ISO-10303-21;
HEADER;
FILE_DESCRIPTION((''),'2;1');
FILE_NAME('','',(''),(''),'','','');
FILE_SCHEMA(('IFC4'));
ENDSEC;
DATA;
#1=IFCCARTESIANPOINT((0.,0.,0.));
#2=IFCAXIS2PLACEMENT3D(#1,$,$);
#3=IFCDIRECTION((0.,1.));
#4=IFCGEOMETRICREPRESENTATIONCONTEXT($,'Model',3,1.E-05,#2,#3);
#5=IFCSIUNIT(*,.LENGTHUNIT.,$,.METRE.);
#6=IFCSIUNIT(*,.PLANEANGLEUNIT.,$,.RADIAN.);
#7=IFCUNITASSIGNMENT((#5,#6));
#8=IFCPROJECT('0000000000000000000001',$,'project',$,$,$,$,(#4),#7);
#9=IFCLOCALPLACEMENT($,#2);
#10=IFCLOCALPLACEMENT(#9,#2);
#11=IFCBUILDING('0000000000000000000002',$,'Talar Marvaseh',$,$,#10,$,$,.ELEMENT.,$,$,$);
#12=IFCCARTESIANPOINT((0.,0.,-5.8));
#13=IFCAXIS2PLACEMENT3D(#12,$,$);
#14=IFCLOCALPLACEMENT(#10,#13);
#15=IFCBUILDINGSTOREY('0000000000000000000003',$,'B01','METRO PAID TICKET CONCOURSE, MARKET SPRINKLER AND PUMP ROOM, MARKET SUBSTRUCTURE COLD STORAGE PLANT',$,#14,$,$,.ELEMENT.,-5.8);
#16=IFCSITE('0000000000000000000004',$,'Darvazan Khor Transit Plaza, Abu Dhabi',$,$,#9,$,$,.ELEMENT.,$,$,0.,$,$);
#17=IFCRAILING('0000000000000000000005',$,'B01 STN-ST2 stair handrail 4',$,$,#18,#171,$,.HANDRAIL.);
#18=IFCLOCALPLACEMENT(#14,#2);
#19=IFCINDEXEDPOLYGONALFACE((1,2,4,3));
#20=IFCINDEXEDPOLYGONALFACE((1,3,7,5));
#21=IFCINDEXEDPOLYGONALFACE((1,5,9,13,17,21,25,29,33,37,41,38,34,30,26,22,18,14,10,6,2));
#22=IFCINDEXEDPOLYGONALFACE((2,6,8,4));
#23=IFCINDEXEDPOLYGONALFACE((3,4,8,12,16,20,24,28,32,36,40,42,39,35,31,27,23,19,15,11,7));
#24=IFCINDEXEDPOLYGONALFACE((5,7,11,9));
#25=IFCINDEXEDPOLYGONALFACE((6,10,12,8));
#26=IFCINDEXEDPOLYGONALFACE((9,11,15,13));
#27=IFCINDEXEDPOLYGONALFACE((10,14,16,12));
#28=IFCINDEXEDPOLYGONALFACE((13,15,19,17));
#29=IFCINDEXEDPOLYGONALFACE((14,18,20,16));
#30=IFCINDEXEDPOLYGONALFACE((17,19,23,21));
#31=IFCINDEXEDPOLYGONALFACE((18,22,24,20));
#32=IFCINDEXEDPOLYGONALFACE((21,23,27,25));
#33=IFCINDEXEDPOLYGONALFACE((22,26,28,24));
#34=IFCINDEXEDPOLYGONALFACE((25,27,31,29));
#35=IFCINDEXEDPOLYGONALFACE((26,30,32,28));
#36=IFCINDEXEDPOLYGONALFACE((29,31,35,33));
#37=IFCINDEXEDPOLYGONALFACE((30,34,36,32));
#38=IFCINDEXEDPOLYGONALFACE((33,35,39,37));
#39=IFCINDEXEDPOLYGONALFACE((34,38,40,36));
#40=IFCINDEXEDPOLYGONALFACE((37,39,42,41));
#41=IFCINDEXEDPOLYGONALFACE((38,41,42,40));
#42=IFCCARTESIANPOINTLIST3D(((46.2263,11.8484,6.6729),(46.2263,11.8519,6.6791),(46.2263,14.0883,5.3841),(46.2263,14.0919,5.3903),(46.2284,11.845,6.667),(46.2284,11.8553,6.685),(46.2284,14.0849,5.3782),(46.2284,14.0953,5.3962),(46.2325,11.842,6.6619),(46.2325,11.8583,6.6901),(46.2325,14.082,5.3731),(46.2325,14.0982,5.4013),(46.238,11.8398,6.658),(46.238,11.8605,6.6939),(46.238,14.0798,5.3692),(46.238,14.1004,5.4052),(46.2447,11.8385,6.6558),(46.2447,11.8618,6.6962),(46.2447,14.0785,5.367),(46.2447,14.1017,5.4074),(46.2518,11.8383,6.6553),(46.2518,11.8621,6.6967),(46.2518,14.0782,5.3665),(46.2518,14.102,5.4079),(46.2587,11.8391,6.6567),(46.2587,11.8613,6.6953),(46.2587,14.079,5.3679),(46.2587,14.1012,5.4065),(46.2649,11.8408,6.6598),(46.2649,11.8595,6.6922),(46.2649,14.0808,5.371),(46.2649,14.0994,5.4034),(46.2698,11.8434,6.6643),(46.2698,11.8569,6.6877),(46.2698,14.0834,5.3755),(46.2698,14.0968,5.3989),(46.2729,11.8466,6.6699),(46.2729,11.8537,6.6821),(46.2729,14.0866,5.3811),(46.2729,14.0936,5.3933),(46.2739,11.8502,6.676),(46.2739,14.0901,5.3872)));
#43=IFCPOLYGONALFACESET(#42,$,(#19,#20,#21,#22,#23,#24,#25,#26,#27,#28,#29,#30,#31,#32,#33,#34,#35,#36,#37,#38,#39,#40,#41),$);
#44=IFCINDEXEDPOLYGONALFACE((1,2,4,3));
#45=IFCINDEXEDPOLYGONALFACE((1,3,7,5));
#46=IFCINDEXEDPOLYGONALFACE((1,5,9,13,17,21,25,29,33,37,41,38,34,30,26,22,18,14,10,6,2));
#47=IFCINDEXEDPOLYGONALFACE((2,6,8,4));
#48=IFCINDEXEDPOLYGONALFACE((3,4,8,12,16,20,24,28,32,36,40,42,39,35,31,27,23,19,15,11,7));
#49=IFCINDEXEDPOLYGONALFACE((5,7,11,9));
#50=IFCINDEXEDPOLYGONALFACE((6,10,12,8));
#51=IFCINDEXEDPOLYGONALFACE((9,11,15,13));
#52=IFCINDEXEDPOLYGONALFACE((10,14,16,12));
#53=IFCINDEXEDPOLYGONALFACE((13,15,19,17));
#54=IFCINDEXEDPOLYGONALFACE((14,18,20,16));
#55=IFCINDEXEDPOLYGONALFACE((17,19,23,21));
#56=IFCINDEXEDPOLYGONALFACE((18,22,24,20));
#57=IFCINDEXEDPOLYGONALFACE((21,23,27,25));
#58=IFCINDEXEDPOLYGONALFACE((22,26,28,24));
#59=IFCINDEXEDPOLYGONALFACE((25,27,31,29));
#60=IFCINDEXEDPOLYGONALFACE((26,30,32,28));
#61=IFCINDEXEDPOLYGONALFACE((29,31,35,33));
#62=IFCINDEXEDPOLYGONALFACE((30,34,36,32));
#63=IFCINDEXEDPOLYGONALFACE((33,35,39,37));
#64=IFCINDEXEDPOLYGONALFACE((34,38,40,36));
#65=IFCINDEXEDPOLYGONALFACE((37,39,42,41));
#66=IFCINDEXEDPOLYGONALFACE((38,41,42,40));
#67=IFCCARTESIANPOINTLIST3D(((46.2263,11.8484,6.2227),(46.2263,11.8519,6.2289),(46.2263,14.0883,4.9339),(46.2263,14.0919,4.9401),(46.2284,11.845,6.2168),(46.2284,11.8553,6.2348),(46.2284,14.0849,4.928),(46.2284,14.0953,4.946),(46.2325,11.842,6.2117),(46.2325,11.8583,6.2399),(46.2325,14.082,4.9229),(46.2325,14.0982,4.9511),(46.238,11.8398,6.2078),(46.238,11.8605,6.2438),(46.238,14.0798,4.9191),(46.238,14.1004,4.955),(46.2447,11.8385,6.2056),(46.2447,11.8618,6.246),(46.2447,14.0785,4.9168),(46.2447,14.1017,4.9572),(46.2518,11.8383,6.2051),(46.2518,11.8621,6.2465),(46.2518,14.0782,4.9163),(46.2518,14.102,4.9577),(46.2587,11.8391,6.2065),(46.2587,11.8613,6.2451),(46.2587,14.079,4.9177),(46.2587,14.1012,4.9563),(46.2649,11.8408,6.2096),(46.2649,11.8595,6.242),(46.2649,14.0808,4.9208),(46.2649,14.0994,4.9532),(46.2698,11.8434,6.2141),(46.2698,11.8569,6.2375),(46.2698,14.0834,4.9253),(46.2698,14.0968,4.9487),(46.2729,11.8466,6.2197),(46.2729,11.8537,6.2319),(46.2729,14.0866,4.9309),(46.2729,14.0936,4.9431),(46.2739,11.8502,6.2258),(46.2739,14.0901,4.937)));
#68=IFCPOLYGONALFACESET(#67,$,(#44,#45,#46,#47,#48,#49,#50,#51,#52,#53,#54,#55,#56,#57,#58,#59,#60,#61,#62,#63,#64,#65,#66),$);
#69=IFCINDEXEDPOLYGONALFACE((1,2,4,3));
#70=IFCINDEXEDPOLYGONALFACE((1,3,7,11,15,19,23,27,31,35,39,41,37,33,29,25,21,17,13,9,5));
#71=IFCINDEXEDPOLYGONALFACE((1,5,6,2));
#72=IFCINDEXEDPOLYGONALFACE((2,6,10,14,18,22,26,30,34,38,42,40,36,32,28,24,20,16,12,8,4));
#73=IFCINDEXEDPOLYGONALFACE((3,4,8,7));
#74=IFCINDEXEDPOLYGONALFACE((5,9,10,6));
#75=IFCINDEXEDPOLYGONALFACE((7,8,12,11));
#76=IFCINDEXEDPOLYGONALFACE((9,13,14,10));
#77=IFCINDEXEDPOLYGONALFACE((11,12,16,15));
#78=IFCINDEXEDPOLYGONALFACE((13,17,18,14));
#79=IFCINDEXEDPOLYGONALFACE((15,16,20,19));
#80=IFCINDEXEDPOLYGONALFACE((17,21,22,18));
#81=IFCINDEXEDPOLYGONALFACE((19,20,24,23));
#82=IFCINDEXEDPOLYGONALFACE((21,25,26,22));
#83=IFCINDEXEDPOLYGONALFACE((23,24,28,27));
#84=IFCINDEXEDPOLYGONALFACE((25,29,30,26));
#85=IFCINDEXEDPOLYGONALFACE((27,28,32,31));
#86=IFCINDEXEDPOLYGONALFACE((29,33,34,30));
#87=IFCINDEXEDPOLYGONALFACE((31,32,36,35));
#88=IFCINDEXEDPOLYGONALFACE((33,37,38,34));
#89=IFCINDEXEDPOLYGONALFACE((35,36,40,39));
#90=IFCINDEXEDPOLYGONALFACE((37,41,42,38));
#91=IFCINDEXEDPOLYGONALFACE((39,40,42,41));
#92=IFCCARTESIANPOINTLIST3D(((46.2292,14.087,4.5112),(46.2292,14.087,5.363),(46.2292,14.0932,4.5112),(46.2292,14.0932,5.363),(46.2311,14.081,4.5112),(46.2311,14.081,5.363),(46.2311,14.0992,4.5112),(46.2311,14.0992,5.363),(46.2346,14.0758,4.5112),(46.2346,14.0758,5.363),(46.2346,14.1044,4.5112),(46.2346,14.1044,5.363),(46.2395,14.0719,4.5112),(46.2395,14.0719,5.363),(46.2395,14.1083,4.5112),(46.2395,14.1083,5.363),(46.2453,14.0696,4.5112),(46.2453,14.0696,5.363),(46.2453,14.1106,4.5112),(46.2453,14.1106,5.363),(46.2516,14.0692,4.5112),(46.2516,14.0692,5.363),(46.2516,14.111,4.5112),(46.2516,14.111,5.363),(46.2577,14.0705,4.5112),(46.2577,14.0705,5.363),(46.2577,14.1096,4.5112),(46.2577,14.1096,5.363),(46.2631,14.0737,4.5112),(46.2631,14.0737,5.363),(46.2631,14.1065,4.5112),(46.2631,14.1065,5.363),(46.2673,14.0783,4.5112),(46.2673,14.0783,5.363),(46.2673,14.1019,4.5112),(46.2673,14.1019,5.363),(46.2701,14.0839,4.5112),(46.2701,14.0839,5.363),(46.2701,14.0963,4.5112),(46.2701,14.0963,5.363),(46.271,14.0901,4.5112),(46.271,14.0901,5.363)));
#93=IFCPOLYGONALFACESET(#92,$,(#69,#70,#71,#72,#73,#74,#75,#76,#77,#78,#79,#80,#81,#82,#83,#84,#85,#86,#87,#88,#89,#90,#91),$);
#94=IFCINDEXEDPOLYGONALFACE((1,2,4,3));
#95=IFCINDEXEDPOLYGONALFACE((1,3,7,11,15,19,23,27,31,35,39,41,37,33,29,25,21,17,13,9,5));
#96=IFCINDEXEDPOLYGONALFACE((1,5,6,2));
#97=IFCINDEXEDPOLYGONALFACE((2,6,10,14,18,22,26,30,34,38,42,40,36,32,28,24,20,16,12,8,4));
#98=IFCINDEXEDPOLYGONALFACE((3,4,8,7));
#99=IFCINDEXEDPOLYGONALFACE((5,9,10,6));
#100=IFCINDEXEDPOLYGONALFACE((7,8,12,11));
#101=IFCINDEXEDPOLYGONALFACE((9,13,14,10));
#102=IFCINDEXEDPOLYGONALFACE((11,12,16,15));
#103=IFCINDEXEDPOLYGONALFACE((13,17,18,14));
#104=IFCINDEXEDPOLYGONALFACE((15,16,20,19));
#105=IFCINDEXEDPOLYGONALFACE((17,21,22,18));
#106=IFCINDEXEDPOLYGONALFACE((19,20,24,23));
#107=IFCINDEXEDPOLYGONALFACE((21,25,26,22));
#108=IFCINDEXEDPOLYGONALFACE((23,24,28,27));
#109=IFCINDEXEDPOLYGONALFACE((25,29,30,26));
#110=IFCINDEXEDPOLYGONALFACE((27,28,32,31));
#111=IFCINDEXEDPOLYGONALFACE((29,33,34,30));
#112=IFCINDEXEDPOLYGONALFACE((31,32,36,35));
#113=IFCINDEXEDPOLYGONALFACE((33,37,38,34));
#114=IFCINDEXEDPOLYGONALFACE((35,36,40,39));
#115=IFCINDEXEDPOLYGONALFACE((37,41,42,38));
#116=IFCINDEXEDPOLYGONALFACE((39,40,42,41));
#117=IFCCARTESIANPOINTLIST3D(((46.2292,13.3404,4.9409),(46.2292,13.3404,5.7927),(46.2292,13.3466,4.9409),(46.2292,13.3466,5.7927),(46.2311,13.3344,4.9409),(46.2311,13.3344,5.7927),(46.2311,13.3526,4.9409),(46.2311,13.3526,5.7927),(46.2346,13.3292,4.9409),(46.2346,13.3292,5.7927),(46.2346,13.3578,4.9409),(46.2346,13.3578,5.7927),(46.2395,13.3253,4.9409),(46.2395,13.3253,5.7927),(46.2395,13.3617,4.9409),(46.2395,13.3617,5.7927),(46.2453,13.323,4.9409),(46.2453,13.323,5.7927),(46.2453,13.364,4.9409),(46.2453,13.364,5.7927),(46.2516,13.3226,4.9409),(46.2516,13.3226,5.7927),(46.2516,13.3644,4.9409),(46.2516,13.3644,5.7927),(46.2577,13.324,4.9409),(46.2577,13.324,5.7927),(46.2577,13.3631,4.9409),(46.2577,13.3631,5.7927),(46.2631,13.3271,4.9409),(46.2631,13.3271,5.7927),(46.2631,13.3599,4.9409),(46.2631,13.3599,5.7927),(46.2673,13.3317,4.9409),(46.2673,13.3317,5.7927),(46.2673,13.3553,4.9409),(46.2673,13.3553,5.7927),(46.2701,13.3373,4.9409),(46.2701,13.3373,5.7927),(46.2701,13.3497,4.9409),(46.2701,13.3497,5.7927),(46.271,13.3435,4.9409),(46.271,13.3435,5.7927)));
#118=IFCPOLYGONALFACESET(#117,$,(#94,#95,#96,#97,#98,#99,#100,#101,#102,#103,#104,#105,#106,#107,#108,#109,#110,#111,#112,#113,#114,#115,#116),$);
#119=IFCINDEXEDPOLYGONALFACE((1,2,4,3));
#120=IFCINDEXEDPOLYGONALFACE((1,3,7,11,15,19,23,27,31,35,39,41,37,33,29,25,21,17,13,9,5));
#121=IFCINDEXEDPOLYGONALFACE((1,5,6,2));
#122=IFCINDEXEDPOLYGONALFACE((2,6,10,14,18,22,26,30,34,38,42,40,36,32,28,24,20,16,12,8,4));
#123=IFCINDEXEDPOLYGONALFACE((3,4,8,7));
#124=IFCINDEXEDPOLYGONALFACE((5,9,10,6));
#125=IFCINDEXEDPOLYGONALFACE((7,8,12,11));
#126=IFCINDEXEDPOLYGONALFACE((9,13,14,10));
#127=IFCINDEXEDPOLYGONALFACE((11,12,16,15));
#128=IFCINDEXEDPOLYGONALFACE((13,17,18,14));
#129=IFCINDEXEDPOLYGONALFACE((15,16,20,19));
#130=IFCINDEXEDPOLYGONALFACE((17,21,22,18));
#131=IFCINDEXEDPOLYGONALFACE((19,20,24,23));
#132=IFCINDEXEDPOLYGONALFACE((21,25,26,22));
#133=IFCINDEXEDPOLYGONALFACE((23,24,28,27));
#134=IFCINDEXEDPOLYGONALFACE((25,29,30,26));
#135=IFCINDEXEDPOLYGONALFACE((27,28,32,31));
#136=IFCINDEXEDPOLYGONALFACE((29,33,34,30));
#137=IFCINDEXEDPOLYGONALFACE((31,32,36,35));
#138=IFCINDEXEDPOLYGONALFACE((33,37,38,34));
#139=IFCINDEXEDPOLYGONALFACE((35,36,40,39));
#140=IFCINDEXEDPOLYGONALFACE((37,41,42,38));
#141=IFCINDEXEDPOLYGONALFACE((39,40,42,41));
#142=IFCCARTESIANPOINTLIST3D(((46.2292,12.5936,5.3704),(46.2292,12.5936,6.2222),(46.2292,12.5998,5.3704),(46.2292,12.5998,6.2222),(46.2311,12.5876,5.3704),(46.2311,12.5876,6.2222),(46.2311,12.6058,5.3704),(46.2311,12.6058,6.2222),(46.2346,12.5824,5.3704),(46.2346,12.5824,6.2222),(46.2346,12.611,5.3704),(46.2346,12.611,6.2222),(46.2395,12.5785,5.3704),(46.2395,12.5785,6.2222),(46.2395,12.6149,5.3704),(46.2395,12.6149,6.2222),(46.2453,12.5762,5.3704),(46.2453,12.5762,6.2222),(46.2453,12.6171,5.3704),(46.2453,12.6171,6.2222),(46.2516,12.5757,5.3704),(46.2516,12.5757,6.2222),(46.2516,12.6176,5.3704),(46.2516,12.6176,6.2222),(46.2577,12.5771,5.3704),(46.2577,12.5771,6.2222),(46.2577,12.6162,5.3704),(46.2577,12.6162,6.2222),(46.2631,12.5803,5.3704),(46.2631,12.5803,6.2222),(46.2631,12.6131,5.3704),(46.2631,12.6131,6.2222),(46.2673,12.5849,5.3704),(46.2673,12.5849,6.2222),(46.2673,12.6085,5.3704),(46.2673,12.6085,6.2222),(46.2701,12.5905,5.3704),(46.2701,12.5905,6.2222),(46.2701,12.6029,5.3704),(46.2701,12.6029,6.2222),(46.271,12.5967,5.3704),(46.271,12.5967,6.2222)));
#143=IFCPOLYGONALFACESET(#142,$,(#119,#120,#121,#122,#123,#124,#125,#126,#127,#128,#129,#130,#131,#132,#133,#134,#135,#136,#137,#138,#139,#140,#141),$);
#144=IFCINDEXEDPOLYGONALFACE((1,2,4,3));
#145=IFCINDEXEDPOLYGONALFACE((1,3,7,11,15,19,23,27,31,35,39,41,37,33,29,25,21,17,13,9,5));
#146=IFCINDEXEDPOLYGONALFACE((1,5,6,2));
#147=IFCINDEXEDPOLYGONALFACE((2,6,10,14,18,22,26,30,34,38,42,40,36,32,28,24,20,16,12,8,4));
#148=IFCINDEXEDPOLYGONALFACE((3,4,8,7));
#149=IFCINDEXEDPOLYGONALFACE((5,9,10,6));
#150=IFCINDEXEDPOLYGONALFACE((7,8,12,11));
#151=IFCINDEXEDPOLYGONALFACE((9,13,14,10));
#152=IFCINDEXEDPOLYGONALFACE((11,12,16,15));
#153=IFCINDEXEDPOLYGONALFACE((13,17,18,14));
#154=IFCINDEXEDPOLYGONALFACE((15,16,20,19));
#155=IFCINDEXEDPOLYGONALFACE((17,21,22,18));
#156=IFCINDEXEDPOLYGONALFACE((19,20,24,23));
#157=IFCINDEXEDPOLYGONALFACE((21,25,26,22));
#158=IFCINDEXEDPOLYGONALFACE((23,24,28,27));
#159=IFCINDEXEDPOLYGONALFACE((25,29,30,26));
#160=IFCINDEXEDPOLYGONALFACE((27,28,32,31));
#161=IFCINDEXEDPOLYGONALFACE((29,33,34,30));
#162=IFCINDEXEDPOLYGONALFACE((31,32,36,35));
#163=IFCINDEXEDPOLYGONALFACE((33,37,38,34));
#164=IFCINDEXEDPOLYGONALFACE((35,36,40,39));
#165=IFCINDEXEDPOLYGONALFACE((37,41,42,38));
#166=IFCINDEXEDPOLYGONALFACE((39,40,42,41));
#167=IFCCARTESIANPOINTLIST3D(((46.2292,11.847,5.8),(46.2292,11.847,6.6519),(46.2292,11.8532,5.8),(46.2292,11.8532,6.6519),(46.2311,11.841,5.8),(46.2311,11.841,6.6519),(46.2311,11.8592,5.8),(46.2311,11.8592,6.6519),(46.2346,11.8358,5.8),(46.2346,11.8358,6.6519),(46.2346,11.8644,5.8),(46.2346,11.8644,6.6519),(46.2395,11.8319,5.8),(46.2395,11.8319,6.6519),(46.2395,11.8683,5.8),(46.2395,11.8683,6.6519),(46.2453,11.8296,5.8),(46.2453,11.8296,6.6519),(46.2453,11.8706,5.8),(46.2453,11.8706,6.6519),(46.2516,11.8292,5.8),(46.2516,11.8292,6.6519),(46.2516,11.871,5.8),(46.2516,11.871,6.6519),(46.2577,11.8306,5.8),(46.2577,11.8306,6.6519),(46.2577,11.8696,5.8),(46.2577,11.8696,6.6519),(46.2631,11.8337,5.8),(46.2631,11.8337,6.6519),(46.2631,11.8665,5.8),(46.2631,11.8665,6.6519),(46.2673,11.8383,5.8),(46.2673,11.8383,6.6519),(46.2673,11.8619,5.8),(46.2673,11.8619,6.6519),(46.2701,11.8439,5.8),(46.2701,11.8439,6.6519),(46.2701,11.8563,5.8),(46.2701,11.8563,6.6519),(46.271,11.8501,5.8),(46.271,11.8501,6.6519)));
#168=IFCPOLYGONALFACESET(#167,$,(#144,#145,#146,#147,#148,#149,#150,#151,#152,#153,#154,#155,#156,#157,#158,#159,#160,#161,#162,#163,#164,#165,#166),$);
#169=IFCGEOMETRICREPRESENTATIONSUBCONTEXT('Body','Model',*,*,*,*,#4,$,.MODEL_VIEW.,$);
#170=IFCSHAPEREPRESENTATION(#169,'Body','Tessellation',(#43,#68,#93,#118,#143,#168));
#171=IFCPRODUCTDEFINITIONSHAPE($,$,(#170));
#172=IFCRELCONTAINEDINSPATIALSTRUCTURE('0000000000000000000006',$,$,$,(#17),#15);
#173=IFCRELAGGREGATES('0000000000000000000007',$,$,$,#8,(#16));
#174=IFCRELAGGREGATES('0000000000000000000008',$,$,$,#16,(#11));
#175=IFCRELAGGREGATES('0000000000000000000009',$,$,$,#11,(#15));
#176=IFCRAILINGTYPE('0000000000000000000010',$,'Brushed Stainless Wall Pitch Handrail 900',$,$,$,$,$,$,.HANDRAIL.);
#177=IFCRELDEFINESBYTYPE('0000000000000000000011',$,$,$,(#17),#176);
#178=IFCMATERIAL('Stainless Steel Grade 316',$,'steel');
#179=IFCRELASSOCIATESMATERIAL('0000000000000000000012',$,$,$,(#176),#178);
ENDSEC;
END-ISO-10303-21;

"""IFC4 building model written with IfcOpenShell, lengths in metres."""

from ifc_helpers import new_model, si_unit, direction, frame, origin, origin_2d, place, context, subcontext, project, spatial, circle, extrude, material, type_object, element, save


model = new_model("IFC4")

# Units and contexts
model_context = context("Model", 3, precision=1e-05, world=origin(), true_north=direction((0.0, 1.0)))
body_context = subcontext(model_context, "Body", "Model", "MODEL_VIEW")
ifc_project = project(units=[si_unit("LENGTHUNIT", "METRE"), si_unit("PLANEANGLEUNIT", "RADIAN")], contexts=[model_context])

# Site, building, storey
site_placement = place(None, origin())
site = spatial("IfcSite", under=ifc_project, at=site_placement, Name="Darvazan Khor Transit Plaza, Abu Dhabi", CompositionType="ELEMENT", RefElevation=0.0)
building_placement = place(site_placement, origin())
building = spatial("IfcBuilding", under=site, at=building_placement, Name="Talar Marvaseh", CompositionType="ELEMENT")
storey_placement = place(building_placement, frame((0.0, 0.0, -5.8)))
storey = spatial("IfcBuildingStorey", under=building, at=storey_placement, Name="B01", Description="METRO PAID TICKET CONCOURSE, MARKET SPRINKLER AND PUMP ROOM, MARKET SUBSTRUCTURE COLD STORAGE PLANT", CompositionType="ELEMENT", Elevation=-5.8)

# Railing
ifc_material_1 = material(Name="Stainless Steel Grade 316", Category="steel")
railing_type_1 = type_object("IfcRailingType", Name="Brushed Stainless Wall Pitch Handrail 900", PredefinedType="HANDRAIL", material=ifc_material_1)
railing_1_placement = place(storey_placement, frame((46.25, 14.0901, 4.5112)))
element("IfcRailing", 1, at=railing_1_placement, inside=storey, type_object=railing_type_1, Name="B01 STN-ST2 stair handrail 4", PredefinedType="HANDRAIL", context=body_context, shape_type="SweptSolid", body=[
    extrude(circle(Radius=0.0239, at=origin_2d()), frame((0.0, 0.0, 0.876), z_axis=(0.0, -0.866768, 0.498711), x_axis=(1.0, 0.0, 0.0)), (0.0, 0.0, 1.0), 2.5842),
    extrude(circle(Radius=0.0239, at=origin_2d()), frame((0.0, 0.0, 0.4258), z_axis=(0.0, -0.866768, 0.498711), x_axis=(1.0, 0.0, 0.0)), (0.0, 0.0, 1.0), 2.5842),
    extrude(circle(Radius=0.021, at=origin_2d()), origin(), (0.0, 0.0, 1.0), 0.8518),
    extrude(circle(Radius=0.021, at=origin_2d()), frame((0.0, -0.7466, 0.4297)), (0.0, 0.0, 1.0), 0.8518),
    extrude(circle(Radius=0.021, at=origin_2d()), frame((0.0, -1.4934, 0.8591)), (0.0, 0.0, 1.0), 0.8518),
    extrude(circle(Radius=0.021, at=origin_2d()), frame((0.0, -2.24, 1.2888)), (0.0, 0.0, 1.0), 0.8518),
])

save(model, "model.ifc")
